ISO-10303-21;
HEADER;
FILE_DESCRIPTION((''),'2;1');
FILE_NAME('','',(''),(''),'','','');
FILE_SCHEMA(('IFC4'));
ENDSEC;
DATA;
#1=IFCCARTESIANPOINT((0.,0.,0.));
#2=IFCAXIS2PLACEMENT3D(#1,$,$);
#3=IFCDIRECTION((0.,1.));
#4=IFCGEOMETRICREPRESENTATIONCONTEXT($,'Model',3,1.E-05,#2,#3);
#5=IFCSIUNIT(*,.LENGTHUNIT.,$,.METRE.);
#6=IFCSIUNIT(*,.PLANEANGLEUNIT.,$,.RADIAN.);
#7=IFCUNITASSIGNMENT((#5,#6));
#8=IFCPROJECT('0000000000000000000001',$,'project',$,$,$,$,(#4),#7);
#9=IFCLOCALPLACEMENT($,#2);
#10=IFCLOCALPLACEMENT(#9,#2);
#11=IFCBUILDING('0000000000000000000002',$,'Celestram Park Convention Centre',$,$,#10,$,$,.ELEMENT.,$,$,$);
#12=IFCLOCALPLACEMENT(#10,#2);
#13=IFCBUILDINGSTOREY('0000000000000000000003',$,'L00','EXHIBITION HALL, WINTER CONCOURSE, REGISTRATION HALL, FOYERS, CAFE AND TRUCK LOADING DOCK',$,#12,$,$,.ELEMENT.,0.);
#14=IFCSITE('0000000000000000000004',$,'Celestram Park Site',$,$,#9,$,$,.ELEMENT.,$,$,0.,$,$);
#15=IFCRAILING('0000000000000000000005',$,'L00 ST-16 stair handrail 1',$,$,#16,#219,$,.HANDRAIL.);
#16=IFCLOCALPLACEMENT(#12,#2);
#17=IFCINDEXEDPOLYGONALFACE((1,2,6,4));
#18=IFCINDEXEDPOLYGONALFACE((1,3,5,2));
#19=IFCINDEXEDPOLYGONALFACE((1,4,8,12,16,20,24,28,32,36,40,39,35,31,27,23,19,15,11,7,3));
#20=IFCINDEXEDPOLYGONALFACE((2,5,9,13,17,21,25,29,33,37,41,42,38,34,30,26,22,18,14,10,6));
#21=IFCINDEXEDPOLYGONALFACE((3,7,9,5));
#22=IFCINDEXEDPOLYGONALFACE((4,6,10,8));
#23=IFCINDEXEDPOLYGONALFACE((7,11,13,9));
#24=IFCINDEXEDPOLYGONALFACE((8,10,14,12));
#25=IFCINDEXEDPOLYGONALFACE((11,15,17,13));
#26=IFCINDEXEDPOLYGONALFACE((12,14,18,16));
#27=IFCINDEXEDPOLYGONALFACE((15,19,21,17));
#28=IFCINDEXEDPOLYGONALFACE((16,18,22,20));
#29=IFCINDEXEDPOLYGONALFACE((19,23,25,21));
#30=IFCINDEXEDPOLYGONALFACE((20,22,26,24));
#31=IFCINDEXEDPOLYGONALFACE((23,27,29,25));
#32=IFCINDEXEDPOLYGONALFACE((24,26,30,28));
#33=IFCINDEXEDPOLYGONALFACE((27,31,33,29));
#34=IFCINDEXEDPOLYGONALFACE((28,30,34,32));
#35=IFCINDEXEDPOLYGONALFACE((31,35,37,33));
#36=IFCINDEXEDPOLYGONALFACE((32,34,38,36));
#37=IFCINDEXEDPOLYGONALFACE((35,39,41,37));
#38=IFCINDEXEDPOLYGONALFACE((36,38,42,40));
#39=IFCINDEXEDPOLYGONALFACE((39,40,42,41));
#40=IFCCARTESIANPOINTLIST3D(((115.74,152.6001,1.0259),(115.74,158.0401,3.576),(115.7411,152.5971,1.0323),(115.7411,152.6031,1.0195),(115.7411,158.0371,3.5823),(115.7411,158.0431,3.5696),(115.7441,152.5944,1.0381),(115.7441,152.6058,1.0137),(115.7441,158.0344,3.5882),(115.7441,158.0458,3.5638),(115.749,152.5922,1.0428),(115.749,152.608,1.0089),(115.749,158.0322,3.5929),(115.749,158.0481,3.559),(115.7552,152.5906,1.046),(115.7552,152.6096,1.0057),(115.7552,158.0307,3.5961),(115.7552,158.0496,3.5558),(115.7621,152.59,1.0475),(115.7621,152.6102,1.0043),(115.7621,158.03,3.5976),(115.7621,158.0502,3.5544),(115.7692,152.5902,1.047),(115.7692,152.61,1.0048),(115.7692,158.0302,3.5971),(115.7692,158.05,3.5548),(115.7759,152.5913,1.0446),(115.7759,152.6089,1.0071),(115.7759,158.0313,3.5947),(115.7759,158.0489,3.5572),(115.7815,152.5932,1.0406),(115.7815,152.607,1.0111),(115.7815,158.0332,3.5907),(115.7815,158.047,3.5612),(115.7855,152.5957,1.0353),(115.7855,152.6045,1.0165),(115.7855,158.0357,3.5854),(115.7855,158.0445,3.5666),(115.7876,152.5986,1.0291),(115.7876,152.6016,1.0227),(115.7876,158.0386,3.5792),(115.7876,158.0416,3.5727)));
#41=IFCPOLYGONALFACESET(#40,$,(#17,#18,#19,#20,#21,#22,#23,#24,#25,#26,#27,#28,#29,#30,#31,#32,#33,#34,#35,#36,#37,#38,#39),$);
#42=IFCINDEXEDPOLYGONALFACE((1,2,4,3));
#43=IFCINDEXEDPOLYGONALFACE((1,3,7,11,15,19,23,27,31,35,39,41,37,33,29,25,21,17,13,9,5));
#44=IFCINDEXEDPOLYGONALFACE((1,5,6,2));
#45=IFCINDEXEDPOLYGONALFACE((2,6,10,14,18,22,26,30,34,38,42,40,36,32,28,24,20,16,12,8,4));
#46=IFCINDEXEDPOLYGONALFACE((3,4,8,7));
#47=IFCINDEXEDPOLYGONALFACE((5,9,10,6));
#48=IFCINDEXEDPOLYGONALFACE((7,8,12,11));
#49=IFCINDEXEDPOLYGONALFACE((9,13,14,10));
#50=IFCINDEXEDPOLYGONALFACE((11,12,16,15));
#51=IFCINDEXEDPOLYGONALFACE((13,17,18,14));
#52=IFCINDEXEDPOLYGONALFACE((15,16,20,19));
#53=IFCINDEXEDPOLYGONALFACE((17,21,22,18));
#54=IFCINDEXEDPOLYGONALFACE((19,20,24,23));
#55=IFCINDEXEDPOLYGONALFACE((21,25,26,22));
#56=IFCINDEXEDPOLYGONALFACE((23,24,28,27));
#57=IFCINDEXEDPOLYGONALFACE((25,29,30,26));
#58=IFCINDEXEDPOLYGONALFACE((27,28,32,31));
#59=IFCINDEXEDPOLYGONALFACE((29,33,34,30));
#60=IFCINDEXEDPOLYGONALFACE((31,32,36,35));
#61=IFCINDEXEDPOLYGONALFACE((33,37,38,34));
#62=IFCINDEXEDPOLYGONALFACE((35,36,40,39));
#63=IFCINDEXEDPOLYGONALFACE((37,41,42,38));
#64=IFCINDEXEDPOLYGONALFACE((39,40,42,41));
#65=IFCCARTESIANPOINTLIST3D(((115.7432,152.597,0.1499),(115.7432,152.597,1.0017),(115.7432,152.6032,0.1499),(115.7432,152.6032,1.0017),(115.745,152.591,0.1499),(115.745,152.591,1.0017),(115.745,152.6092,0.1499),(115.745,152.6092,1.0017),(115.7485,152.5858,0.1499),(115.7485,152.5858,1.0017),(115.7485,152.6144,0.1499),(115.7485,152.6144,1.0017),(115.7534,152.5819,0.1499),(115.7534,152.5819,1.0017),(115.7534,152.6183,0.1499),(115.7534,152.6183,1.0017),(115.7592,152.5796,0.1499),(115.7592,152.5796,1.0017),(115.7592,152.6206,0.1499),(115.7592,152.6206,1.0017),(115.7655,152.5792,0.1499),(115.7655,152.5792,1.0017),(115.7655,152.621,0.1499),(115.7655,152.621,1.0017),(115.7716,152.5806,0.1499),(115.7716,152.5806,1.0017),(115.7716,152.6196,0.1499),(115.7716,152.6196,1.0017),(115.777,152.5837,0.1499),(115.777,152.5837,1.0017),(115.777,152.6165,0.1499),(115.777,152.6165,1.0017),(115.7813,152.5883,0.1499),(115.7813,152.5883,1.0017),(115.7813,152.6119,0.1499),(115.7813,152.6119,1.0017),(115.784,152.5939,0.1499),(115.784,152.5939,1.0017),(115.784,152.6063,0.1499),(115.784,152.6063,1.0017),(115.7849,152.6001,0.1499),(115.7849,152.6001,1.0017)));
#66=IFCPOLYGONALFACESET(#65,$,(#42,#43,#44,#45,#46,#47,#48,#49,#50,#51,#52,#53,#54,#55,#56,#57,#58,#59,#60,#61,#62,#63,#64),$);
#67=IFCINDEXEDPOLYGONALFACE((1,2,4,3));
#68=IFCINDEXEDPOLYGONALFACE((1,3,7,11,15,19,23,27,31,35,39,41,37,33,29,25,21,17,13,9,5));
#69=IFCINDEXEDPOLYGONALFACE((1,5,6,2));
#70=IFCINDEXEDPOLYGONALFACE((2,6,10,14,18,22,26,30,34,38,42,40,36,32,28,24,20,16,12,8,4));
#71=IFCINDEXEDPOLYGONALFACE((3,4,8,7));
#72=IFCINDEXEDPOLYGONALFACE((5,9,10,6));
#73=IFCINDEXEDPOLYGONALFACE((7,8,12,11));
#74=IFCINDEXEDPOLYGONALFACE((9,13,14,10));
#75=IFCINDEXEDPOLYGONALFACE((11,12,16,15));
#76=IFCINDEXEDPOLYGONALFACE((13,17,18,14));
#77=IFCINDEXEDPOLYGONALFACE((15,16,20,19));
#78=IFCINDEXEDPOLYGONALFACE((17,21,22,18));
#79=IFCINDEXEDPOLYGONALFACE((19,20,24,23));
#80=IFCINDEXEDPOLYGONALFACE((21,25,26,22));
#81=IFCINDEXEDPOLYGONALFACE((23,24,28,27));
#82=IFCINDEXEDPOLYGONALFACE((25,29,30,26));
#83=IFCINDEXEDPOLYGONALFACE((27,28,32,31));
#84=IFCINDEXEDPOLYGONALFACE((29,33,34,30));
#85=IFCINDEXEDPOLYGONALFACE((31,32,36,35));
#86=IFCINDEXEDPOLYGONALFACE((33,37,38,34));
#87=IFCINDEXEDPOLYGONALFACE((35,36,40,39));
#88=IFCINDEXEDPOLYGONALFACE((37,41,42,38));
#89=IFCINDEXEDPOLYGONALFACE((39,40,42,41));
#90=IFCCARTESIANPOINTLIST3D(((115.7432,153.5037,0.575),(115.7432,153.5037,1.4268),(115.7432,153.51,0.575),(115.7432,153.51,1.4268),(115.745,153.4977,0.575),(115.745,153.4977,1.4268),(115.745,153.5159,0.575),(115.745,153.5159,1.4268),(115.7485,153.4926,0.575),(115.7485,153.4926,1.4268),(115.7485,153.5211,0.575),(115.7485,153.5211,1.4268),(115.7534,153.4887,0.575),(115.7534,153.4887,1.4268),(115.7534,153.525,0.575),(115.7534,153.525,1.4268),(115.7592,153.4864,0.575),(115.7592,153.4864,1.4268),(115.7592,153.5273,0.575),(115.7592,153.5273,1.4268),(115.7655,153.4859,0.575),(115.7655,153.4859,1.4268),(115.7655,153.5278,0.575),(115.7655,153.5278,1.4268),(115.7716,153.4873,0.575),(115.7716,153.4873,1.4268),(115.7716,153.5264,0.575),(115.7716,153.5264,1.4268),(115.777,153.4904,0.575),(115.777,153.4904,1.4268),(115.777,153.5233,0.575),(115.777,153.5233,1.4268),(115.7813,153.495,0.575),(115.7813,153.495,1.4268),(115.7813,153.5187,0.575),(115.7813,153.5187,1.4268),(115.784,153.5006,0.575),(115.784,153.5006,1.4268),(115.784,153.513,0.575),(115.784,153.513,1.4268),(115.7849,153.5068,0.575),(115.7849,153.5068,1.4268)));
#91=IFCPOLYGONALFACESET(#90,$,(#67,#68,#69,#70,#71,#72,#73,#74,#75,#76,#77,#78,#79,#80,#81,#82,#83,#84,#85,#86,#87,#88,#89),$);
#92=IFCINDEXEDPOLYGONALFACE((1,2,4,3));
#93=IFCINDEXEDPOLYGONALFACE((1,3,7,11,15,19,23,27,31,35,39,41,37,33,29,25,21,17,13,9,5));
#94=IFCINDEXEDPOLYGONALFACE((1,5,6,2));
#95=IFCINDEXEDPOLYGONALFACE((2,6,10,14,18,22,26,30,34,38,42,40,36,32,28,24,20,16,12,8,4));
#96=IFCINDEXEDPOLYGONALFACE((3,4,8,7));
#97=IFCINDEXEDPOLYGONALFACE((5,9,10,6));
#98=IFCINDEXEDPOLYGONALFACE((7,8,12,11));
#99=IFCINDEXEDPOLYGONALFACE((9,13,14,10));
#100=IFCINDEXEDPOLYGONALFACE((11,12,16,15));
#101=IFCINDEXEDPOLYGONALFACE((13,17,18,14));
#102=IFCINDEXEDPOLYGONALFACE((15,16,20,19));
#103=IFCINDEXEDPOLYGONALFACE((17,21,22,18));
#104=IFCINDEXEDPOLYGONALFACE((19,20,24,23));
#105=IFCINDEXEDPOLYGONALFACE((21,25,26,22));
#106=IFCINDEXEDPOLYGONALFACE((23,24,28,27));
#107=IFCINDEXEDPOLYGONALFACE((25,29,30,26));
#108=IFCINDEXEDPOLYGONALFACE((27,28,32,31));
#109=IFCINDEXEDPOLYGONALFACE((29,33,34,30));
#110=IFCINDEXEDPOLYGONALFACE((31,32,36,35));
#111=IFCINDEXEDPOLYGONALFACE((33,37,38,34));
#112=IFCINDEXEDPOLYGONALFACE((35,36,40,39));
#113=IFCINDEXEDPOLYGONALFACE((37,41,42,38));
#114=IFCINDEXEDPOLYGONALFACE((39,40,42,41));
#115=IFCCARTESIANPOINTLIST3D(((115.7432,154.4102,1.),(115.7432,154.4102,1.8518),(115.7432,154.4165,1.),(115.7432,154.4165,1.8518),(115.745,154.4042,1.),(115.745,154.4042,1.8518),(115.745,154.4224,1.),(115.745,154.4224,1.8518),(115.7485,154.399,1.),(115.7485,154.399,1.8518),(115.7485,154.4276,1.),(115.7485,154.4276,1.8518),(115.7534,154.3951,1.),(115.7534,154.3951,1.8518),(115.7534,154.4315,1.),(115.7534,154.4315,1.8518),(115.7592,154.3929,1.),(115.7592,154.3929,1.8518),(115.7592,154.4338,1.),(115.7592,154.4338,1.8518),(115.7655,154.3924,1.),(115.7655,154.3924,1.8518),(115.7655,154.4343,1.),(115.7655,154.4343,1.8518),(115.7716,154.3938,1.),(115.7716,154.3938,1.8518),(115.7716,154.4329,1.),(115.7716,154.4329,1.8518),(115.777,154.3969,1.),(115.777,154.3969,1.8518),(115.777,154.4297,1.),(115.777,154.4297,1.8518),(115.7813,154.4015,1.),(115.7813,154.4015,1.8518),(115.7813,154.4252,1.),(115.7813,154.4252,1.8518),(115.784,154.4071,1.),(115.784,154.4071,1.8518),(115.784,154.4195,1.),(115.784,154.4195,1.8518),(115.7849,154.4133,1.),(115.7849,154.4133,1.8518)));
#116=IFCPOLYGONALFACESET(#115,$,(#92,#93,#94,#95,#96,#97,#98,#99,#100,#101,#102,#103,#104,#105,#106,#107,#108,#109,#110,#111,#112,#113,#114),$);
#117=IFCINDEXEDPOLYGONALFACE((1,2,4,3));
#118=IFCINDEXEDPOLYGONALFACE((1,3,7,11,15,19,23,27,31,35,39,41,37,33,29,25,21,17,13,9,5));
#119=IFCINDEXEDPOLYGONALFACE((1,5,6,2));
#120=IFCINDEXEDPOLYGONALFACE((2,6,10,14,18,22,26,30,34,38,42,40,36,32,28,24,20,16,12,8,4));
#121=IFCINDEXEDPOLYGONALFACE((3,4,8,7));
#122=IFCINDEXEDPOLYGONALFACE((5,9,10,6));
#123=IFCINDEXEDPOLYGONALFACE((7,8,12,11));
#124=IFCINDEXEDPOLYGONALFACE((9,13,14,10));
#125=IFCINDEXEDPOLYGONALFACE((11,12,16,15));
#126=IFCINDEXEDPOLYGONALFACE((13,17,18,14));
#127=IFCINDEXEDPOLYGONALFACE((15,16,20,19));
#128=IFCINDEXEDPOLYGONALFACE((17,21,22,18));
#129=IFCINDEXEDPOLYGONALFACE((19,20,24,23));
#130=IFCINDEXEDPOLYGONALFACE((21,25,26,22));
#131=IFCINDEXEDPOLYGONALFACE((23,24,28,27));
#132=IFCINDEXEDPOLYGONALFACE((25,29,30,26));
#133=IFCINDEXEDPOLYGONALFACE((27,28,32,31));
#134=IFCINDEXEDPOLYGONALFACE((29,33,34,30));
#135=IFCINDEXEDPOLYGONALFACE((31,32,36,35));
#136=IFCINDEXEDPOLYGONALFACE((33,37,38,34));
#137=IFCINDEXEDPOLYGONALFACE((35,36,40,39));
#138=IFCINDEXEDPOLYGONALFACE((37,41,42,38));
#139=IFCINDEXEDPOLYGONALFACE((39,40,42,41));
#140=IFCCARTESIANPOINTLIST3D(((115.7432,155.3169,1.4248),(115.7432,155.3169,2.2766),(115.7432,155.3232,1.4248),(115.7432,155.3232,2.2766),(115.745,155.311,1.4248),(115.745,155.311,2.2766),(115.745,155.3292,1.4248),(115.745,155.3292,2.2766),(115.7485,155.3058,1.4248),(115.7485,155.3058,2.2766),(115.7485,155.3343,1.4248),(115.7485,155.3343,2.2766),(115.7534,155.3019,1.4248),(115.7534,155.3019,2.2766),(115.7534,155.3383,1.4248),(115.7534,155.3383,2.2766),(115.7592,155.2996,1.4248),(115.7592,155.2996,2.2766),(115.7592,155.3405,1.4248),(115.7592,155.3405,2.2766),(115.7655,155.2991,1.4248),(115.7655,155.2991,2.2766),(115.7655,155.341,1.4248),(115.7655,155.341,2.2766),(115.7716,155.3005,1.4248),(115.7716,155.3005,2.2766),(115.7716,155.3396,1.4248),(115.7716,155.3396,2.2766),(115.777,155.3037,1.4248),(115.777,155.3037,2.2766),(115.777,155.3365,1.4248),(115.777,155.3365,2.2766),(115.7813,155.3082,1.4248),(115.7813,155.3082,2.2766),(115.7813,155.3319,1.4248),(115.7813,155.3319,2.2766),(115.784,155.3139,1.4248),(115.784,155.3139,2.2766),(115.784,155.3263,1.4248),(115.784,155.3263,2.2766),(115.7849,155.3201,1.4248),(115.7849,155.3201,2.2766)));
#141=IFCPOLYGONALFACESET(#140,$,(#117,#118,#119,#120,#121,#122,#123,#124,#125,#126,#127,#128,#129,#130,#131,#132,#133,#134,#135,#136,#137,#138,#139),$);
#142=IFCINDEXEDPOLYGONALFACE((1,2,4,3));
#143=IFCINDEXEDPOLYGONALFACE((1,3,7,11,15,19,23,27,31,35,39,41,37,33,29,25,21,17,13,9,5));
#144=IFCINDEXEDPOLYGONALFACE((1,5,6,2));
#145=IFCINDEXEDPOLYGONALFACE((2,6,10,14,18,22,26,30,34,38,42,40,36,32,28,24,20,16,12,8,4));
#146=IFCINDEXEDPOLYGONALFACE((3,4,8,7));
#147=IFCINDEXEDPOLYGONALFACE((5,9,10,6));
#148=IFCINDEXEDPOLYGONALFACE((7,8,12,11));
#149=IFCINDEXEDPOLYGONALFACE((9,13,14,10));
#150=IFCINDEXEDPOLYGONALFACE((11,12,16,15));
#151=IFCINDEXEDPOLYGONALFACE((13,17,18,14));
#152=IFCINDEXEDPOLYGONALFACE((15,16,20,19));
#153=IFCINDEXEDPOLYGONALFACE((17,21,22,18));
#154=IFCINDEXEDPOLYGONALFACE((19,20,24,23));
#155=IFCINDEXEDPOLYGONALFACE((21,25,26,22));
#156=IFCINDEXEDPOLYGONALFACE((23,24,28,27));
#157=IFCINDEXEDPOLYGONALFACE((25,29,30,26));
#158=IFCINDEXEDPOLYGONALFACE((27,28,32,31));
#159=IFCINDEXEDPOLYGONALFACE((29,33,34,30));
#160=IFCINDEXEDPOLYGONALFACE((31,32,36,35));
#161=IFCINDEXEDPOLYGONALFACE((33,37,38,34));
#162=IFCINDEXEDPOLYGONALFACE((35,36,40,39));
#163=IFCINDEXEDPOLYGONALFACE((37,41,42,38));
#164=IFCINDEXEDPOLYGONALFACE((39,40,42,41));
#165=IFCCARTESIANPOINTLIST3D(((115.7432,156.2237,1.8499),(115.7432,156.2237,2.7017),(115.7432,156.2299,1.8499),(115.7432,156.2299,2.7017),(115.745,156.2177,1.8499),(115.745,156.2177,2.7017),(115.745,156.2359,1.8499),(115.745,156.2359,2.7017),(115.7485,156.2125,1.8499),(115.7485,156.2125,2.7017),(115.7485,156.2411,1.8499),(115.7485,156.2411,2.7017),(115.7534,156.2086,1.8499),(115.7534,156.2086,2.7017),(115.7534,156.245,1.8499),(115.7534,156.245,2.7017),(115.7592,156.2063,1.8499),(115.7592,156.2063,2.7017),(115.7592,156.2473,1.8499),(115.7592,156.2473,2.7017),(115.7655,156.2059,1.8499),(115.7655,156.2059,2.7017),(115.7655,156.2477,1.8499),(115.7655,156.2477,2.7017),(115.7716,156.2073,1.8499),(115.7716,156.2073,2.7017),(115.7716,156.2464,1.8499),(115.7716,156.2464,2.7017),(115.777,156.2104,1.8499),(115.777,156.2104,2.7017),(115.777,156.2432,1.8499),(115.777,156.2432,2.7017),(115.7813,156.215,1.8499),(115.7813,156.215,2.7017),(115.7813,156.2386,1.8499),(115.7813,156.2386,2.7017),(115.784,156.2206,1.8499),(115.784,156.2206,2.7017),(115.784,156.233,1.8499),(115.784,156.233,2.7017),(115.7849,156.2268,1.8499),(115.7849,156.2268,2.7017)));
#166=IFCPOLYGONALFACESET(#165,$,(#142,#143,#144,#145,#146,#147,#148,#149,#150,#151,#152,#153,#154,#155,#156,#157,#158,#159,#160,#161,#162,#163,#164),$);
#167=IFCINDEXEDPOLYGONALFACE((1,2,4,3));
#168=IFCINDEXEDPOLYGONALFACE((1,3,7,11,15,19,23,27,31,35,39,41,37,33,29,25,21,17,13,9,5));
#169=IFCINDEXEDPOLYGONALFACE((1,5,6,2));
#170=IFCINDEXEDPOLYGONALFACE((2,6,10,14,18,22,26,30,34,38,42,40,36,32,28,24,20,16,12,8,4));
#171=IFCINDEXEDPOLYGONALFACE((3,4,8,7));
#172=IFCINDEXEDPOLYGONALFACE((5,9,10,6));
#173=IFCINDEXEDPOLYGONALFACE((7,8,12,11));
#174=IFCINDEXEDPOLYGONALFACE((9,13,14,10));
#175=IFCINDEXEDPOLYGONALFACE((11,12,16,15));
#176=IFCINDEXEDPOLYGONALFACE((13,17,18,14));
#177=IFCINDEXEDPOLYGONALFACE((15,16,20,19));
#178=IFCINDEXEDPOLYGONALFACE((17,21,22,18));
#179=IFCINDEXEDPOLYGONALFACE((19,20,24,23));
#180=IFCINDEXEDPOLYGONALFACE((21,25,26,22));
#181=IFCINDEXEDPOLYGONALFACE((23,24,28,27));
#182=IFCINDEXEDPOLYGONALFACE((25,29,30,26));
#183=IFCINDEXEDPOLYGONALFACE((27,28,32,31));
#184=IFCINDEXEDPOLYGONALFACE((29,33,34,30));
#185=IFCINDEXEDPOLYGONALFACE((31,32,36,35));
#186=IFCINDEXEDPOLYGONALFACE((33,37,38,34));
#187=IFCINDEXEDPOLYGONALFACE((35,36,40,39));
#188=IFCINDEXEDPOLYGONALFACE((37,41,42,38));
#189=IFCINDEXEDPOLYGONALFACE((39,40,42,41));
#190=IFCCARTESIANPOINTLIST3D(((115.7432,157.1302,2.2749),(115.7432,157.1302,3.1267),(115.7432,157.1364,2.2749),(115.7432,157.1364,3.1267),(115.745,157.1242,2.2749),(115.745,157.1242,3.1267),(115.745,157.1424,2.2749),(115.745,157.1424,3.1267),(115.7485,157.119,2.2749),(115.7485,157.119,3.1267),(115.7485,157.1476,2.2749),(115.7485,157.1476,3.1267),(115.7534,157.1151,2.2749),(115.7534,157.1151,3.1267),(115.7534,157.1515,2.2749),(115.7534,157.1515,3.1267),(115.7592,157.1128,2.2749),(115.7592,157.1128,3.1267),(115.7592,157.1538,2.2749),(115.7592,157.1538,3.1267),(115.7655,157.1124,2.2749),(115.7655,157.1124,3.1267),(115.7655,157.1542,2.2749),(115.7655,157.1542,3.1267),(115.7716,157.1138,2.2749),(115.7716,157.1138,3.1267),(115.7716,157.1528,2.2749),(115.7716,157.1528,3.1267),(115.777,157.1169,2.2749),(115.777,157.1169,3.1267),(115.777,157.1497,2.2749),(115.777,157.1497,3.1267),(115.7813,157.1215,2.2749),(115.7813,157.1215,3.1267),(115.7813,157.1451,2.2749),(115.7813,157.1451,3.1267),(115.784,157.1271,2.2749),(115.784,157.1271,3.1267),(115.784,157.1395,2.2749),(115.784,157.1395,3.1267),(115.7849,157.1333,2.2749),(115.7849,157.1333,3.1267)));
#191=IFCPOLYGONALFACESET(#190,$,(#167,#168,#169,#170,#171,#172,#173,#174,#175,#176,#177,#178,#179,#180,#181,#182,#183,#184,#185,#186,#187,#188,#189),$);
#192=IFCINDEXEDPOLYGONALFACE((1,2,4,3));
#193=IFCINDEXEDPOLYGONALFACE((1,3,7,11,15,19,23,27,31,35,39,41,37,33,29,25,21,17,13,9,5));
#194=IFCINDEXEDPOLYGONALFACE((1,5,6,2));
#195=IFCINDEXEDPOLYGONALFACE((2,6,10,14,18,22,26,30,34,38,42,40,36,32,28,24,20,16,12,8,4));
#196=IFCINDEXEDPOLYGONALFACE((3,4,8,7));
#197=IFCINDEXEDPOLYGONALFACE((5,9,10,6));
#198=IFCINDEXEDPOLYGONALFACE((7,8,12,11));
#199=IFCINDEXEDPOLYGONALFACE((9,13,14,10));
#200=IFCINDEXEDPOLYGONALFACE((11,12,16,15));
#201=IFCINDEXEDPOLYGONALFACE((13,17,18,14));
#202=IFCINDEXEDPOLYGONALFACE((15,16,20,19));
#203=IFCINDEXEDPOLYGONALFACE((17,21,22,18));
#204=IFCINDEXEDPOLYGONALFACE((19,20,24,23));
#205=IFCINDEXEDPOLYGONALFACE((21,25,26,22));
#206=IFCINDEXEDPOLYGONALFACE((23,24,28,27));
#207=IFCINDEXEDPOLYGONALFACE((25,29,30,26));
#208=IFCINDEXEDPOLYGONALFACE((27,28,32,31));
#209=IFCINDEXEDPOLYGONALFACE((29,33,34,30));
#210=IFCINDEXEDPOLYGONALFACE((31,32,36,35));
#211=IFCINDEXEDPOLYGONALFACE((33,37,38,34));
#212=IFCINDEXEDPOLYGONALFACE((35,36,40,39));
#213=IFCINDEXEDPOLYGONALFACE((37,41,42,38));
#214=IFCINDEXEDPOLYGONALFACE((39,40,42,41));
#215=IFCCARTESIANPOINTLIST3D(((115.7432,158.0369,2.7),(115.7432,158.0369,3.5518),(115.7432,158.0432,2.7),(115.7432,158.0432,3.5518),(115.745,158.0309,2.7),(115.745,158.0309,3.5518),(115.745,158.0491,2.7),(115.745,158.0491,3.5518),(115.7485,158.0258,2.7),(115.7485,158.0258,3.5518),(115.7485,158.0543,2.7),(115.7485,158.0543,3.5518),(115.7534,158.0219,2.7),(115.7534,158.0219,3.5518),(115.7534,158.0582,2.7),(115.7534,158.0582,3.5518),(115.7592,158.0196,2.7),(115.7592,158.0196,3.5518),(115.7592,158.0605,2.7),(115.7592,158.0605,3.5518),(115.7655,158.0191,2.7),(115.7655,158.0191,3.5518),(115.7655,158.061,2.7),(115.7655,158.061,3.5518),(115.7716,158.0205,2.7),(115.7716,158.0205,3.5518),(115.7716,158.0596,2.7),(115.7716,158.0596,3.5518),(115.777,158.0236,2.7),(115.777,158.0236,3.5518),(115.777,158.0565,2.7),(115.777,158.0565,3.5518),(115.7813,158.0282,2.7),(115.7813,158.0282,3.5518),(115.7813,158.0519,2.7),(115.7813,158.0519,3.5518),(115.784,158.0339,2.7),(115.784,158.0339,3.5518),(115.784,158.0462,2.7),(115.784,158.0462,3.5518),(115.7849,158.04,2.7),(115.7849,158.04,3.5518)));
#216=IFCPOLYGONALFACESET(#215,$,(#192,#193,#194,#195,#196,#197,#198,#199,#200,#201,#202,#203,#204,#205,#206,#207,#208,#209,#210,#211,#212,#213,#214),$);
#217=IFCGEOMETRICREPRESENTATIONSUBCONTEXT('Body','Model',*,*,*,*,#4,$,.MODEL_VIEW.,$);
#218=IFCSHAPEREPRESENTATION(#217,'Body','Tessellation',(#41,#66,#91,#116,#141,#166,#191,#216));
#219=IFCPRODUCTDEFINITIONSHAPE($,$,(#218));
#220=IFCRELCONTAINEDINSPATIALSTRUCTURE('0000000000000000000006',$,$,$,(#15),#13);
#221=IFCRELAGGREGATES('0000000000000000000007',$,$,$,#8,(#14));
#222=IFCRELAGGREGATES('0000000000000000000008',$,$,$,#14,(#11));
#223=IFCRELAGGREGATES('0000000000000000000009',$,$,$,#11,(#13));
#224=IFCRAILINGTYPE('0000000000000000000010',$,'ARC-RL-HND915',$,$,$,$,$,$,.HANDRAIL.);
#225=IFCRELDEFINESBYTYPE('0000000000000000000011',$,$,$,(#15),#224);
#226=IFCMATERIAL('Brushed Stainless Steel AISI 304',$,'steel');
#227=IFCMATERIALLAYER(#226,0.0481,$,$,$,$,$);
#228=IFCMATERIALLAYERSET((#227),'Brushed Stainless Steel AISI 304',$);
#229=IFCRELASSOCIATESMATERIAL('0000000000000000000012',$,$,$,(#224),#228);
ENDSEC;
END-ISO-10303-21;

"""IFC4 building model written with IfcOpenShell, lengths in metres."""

from ifc_helpers import new_model, si_unit, direction, frame, origin, origin_2d, place, context, subcontext, project, spatial, circle, extrude, material, layer, layer_set, type_object, element, save


model = new_model("IFC4")

# Units and contexts
model_context = context("Model", 3, precision=1e-05, world=origin(), true_north=direction((0.0, 1.0)))
body_context = subcontext(model_context, "Body", "Model", "MODEL_VIEW")
ifc_project = project(units=[si_unit("LENGTHUNIT", "METRE"), si_unit("PLANEANGLEUNIT", "RADIAN")], contexts=[model_context])

# Site, building, storey
site_placement = place(None, origin())
site = spatial("IfcSite", under=ifc_project, at=site_placement, Name="Celestram Park Site", CompositionType="ELEMENT", RefElevation=0.0)
building_placement = place(site_placement, origin())
building = spatial("IfcBuilding", under=site, at=building_placement, Name="Celestram Park Convention Centre", CompositionType="ELEMENT")
storey_placement = place(building_placement, origin())
storey = spatial("IfcBuildingStorey", under=building, at=storey_placement, Name="L00", Description="EXHIBITION HALL, WINTER CONCOURSE, REGISTRATION HALL, FOYERS, CAFE AND TRUCK LOADING DOCK", CompositionType="ELEMENT", Elevation=0.0)

# Railing
ifc_material_1 = material(Name="Brushed Stainless Steel AISI 304", Category="steel")
ifc_layer_1 = layer(ifc_material_1, 0.0481)
ifc_layer_set_1 = layer_set([ifc_layer_1], Name="Brushed Stainless Steel AISI 304")
railing_type_1 = type_object("IfcRailingType", Name="ARC-RL-HND915", PredefinedType="HANDRAIL", material=ifc_layer_set_1)
railing_1_placement = place(storey_placement, frame((115.7639, 152.6001, 0.1499)))
element("IfcRailing", 1, at=railing_1_placement, inside=storey, type_object=railing_type_1, Name="L00 ST-16 stair handrail 1", PredefinedType="HANDRAIL", context=body_context, shape_type="SweptSolid", body=[
    extrude(circle(Radius=0.0239, at=origin_2d()), frame((0.0, 0.0, 0.876), z_axis=(0.0, 0.905454, 0.424444), x_axis=(-1.0, 0.0, 0.0)), (0.0, 0.0, 1.0), 6.0081),
    extrude(circle(Radius=0.021, at=origin_2d()), origin(), (0.0, 0.0, 1.0), 0.8518),
    extrude(circle(Radius=0.021, at=origin_2d()), frame((0.0, 0.9067, 0.425)), (0.0, 0.0, 1.0), 0.8518),
    extrude(circle(Radius=0.021, at=origin_2d()), frame((0.0, 1.8132, 0.8501)), (0.0, 0.0, 1.0), 0.8518),
    extrude(circle(Radius=0.021, at=origin_2d()), frame((0.0, 2.72, 1.2749)), (0.0, 0.0, 1.0), 0.8518),
    extrude(circle(Radius=0.021, at=origin_2d()), frame((0.0, 3.6267, 1.7)), (0.0, 0.0, 1.0), 0.8518),
    extrude(circle(Radius=0.021, at=origin_2d()), frame((0.0, 4.5332, 2.125)), (0.0, 0.0, 1.0), 0.8518),
    extrude(circle(Radius=0.021, at=origin_2d()), frame((0.0, 5.4399, 2.55)), (0.0, 0.0, 1.0), 0.8518),
])

save(model, "model.ifc")
